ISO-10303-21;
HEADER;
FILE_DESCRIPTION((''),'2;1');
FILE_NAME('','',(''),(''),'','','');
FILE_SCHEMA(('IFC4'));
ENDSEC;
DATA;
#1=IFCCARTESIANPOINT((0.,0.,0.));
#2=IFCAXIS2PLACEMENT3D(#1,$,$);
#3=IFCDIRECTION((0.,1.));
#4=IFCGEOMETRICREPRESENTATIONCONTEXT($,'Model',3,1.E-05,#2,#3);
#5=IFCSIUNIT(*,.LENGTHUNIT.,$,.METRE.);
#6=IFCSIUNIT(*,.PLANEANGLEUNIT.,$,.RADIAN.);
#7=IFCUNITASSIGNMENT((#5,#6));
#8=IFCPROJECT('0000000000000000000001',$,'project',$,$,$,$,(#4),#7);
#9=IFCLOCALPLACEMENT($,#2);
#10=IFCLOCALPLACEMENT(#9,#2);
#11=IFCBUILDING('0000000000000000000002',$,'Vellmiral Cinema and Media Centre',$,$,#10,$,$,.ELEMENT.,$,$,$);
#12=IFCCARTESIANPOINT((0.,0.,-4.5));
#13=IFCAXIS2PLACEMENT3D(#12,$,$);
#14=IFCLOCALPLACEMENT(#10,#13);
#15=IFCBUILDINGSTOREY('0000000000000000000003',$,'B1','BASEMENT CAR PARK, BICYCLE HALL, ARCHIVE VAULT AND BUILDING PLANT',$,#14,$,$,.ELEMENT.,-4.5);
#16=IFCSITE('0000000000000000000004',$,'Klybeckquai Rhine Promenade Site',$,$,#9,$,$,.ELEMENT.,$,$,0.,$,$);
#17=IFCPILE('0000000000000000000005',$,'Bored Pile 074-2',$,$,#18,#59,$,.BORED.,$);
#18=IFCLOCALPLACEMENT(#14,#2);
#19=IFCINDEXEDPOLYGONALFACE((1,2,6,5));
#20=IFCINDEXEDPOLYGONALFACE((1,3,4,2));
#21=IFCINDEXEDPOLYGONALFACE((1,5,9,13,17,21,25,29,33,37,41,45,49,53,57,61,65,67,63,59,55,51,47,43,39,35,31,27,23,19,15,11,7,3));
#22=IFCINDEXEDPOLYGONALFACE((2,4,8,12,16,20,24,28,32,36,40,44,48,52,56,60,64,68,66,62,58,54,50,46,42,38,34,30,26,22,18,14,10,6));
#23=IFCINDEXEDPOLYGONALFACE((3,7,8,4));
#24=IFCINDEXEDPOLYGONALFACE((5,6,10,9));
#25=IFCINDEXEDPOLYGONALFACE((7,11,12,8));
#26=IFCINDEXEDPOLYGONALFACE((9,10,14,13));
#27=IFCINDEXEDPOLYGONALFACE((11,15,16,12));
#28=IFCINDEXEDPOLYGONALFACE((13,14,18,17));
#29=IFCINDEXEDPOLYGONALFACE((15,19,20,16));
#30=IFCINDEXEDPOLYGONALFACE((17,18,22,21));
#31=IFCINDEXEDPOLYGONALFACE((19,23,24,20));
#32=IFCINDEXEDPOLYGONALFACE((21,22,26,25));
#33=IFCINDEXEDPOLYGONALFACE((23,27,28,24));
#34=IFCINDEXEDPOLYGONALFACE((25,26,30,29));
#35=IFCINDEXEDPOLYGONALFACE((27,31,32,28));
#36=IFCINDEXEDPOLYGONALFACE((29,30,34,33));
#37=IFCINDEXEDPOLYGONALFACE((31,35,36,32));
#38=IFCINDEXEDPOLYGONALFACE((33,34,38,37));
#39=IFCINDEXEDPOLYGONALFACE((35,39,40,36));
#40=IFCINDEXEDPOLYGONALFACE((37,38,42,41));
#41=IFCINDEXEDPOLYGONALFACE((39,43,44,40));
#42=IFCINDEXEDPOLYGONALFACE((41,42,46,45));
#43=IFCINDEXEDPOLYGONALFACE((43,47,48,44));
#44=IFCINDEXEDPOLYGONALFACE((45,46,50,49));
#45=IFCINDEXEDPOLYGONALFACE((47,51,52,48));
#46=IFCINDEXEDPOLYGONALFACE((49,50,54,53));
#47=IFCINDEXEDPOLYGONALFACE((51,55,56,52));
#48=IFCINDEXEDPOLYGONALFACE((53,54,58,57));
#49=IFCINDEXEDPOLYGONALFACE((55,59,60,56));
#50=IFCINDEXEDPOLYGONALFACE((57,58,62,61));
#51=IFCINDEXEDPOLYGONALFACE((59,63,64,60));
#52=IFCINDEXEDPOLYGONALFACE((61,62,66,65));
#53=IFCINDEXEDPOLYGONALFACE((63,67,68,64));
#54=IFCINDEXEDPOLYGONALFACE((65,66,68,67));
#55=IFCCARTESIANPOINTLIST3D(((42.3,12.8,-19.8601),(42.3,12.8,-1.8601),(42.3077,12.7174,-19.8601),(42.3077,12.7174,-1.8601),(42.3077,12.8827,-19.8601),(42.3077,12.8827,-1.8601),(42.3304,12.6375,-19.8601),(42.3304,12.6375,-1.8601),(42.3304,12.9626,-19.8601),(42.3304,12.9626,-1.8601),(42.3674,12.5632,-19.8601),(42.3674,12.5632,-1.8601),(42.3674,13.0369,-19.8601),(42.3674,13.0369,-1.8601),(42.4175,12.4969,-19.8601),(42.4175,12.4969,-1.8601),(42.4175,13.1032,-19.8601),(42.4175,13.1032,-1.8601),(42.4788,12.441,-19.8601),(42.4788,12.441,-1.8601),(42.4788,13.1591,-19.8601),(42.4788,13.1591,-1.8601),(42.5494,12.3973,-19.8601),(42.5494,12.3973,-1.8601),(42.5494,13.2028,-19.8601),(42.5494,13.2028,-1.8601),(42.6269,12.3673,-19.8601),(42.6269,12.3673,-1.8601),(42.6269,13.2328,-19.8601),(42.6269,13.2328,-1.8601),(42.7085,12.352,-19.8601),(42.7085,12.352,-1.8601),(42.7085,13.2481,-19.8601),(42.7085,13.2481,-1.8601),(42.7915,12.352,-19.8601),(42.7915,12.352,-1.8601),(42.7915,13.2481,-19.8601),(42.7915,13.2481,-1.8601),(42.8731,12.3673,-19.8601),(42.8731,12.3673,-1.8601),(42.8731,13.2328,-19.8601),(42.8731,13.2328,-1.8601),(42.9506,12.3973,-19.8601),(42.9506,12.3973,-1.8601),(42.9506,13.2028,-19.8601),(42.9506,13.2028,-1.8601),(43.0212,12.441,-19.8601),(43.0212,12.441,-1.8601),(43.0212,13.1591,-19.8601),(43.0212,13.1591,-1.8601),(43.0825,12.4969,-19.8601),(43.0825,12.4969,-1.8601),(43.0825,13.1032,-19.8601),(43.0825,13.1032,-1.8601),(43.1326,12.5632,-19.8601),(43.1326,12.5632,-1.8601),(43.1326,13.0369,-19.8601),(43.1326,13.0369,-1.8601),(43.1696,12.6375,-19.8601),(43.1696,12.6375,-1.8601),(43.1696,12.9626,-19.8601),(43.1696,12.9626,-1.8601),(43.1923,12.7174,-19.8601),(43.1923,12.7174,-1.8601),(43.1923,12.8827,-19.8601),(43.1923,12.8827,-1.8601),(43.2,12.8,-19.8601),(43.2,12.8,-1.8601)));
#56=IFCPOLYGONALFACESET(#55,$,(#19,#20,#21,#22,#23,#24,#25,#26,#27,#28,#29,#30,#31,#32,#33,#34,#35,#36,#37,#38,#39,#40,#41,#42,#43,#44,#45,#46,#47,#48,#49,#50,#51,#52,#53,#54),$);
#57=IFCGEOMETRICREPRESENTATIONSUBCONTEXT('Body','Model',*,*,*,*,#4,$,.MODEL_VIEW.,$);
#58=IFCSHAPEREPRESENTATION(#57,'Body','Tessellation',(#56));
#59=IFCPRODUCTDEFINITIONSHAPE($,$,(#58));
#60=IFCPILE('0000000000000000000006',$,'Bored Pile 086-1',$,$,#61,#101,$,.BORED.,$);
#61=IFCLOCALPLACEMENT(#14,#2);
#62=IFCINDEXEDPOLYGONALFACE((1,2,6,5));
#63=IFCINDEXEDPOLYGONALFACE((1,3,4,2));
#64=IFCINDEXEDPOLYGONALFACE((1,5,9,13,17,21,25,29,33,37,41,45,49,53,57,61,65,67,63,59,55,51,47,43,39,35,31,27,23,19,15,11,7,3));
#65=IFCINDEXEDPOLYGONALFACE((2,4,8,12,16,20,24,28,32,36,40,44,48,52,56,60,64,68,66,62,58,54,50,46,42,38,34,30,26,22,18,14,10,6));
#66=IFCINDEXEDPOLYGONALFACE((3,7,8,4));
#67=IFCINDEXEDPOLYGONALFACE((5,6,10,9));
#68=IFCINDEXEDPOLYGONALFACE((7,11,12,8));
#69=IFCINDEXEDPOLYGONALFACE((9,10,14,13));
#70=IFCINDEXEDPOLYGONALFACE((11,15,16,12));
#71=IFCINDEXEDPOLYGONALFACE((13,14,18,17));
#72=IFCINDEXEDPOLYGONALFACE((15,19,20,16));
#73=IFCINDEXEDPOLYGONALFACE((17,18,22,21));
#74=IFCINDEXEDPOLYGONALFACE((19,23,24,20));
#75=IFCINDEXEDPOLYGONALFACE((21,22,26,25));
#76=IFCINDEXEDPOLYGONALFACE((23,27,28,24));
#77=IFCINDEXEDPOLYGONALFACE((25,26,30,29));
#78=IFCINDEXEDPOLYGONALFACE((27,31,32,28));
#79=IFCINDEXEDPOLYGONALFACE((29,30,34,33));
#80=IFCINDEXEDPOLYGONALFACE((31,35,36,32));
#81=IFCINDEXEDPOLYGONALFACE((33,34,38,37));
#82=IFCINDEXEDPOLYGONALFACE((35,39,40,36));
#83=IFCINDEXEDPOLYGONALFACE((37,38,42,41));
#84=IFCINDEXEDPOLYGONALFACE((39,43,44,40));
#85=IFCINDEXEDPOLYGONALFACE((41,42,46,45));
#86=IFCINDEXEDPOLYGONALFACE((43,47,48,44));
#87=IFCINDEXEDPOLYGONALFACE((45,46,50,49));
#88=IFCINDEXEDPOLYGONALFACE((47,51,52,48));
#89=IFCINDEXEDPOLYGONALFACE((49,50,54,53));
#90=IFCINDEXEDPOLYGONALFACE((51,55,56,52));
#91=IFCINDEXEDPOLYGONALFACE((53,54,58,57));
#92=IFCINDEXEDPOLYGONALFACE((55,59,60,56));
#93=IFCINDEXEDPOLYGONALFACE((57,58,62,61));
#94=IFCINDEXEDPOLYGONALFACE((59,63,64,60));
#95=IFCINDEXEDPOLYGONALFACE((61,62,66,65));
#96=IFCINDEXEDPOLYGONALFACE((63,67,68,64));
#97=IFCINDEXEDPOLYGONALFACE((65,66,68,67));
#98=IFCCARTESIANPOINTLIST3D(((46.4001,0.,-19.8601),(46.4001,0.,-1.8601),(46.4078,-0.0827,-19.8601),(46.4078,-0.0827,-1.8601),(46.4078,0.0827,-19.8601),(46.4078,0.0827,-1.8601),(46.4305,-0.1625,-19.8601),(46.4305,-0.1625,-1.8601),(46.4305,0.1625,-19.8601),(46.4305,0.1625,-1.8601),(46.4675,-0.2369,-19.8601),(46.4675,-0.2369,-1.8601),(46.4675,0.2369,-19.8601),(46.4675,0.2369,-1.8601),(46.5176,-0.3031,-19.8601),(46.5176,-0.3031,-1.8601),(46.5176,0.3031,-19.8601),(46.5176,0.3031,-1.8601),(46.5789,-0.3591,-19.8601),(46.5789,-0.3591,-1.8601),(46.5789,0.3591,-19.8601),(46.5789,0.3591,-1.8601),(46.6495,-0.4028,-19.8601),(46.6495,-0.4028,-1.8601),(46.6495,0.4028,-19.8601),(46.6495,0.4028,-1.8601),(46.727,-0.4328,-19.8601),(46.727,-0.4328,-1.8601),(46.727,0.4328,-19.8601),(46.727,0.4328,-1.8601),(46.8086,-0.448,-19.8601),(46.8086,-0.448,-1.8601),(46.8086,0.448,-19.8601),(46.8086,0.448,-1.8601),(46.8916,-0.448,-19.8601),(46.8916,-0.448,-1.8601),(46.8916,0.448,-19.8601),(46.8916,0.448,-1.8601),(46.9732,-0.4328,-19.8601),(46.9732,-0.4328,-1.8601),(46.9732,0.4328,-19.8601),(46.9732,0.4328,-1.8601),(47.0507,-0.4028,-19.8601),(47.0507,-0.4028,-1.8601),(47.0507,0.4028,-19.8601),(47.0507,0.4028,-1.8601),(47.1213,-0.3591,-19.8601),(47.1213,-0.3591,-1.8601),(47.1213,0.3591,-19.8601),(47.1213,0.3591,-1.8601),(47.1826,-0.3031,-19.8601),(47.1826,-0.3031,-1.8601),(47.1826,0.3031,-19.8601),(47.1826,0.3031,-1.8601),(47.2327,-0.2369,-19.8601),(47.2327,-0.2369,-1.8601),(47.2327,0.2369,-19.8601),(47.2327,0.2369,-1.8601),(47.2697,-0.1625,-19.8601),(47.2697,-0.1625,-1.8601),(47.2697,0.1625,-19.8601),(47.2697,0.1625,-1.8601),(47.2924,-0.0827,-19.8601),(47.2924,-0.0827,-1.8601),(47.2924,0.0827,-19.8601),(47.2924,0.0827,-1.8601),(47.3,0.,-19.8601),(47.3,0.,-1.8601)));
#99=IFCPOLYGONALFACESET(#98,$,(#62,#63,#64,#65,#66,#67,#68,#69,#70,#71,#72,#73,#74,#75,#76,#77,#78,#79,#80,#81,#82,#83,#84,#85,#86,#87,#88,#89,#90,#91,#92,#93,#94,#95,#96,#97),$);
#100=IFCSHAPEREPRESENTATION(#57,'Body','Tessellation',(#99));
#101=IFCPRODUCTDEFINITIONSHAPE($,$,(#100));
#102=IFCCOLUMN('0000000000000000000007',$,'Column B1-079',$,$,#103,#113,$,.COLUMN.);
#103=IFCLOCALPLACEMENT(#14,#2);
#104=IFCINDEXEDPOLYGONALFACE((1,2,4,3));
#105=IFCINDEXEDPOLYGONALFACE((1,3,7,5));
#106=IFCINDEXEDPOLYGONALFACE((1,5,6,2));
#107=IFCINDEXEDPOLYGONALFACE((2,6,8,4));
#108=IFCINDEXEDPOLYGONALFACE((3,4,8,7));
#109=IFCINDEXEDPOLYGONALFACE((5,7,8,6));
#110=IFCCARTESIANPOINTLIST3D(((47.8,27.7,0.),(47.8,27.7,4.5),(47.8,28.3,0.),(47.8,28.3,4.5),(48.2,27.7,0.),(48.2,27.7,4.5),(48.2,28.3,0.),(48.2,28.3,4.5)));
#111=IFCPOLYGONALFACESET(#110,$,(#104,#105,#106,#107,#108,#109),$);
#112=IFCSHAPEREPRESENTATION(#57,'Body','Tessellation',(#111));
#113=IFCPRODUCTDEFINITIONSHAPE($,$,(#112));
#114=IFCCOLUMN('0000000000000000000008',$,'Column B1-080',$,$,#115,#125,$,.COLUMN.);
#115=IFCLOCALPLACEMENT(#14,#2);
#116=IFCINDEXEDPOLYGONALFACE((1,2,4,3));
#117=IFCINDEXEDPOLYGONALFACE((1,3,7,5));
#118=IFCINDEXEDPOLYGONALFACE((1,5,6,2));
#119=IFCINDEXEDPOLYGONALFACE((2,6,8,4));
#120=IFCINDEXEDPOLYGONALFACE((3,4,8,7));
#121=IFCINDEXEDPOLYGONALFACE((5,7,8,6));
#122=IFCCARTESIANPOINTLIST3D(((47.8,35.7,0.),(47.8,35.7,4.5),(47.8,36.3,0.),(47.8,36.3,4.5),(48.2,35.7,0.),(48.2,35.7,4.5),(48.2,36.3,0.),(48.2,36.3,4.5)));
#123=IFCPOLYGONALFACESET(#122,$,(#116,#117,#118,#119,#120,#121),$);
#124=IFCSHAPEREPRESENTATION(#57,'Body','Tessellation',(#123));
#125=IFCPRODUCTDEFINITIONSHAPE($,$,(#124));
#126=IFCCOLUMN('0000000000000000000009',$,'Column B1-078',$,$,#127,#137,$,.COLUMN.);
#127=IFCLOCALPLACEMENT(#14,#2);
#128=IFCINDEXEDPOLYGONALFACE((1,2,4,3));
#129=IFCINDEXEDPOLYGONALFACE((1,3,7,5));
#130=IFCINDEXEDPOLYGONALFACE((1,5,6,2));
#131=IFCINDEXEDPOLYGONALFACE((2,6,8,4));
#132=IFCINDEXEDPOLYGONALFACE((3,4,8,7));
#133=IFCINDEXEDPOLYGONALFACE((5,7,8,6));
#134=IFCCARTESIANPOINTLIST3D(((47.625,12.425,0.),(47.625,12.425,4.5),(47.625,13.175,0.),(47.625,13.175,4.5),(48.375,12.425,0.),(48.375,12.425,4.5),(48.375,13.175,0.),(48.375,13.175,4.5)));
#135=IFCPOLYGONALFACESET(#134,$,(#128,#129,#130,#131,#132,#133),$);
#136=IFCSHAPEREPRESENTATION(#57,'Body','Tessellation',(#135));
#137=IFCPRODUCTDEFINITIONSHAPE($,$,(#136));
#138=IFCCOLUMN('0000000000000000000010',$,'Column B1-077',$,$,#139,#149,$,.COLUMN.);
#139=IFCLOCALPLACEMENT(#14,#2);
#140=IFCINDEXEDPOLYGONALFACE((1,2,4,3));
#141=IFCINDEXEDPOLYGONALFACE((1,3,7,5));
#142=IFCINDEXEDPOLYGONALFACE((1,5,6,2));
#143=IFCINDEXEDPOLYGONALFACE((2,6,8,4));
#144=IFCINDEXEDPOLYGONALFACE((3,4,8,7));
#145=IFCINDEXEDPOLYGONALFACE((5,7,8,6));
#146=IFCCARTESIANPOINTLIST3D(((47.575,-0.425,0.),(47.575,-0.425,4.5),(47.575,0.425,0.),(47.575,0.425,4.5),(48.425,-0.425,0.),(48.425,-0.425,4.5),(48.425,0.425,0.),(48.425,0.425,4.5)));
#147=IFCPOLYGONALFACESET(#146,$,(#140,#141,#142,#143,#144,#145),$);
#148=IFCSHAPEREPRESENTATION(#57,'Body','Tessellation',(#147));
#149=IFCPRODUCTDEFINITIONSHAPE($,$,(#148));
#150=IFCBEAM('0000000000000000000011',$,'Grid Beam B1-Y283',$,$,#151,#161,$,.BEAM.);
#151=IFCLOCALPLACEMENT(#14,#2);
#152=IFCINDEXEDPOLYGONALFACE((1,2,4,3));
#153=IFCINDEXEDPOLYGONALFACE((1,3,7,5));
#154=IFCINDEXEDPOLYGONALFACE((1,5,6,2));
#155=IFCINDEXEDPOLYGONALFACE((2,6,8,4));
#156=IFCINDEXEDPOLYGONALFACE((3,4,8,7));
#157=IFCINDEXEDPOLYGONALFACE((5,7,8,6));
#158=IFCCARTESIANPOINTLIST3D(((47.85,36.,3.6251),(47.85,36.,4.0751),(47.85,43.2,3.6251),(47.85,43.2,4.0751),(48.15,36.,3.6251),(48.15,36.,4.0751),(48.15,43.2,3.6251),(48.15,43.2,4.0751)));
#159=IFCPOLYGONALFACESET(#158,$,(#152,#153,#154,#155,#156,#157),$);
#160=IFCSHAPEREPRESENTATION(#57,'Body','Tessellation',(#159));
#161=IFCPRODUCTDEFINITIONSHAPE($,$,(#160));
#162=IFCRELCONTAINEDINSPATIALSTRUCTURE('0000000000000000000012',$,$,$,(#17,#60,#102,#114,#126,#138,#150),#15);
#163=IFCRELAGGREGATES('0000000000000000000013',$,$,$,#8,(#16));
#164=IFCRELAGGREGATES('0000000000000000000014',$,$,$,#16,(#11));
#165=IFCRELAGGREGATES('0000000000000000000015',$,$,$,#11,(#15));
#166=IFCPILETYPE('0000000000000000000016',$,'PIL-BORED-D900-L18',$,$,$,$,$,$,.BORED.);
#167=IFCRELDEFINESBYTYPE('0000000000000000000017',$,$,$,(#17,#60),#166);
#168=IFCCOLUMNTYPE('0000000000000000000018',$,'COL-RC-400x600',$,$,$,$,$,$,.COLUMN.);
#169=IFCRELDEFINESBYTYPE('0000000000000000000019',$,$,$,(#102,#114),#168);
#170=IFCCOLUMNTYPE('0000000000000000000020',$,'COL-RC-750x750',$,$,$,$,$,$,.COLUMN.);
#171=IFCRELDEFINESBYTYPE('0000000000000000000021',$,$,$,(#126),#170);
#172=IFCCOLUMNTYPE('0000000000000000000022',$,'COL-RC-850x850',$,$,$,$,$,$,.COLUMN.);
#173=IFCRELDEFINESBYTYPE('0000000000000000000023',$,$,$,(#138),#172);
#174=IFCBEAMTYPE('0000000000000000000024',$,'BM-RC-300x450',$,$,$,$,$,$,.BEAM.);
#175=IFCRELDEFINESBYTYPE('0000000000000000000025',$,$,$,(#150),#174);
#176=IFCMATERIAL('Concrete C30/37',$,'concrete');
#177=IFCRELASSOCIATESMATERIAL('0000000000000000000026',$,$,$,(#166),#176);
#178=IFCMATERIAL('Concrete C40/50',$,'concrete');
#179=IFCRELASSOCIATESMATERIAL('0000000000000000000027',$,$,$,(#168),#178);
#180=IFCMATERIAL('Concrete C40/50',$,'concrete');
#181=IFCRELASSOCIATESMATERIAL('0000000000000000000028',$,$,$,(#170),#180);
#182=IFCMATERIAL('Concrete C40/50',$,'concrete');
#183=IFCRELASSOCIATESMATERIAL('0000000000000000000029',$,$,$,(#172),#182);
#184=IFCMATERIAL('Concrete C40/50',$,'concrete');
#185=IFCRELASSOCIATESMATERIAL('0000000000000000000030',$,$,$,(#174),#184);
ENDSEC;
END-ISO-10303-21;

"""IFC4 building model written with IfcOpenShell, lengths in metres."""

from ifc_helpers import new_model, si_unit, direction, frame, origin, origin_2d, place, context, subcontext, project, spatial, rectangle, circle, extrude, material, material_profile, profile_set, type_object, element, save


model = new_model("IFC4")

# Units and contexts
model_context = context("Model", 3, precision=1e-05, world=origin(), true_north=direction((0.0, 1.0)))
body_context = subcontext(model_context, "Body", "Model", "MODEL_VIEW")
ifc_project = project(units=[si_unit("LENGTHUNIT", "METRE"), si_unit("PLANEANGLEUNIT", "RADIAN")], contexts=[model_context])

# Site, building, storey
site_placement = place(None, origin())
site = spatial("IfcSite", under=ifc_project, at=site_placement, Name="Klybeckquai Rhine Promenade Site", CompositionType="ELEMENT", RefElevation=0.0)
building_placement = place(site_placement, origin())
building = spatial("IfcBuilding", under=site, at=building_placement, Name="Vellmiral Cinema and Media Centre", CompositionType="ELEMENT")
storey_placement = place(building_placement, frame((0.0, 0.0, -4.5)))
storey = spatial("IfcBuildingStorey", under=building, at=storey_placement, Name="B1", Description="BASEMENT CAR PARK, BICYCLE HALL, ARCHIVE VAULT AND BUILDING PLANT", CompositionType="ELEMENT", Elevation=-4.5)

# Piles
ifc_material_1 = material(Name="Concrete C30/37", Category="concrete")
ifc_material_profile_1 = material_profile(ifc_material_1, circle(Radius=0.45, at=origin_2d()), Name="PILE D900")
ifc_profile_set_1 = profile_set([ifc_material_profile_1], Name="Concrete C30/37")
pile_type_1 = type_object("IfcPileType", Name="PIL-BORED-D900-L18", PredefinedType="BORED", material=ifc_profile_set_1)
for number, where, z_axis, x_axis, name in (
    (1, (42.75, 12.8, -1.8601), (0.0, 0.0, -1.0), (1.0, 0.0, 0.0), "Bored Pile 074-2"),
    (2, (46.8501, 0.0, -1.8601), (0.0, 0.0, -1.0), (1.0, 0.0, 0.0), "Bored Pile 086-1"),
):
    element("IfcPile", number, at=place(storey_placement, frame(where, z_axis=z_axis, x_axis=x_axis)), inside=storey, type_object=pile_type_1, Name=name, PredefinedType="BORED", context=body_context, shape_type="SweptSolid", body=[
        extrude(circle(Radius=0.45, at=origin_2d()), origin(), (0.0, 0.0, 1.0), 18.0),
    ])

# Columns
ifc_material_2 = material(Name="Concrete C40/50", Category="concrete")
ifc_material_profile_2 = material_profile(ifc_material_2, rectangle(XDim=0.3999, YDim=0.6001, at=origin_2d()), Name="RC 400x600")
ifc_profile_set_2 = profile_set([ifc_material_profile_2], Name="Concrete C40/50")
column_type_1 = type_object("IfcColumnType", Name="COL-RC-400x600", PredefinedType="COLUMN", material=ifc_profile_set_2)
for number, where, z_axis, x_axis, name in (
    (3, (48.0, 28.0, 0.0), (0.0, 0.0, 1.0), (1.0, 0.0, 0.0), "Column B1-079"),
    (4, (48.0, 36.0, 0.0), (0.0, 0.0, 1.0), (1.0, 0.0, 0.0), "Column B1-080"),
):
    element("IfcColumn", number, at=place(storey_placement, frame(where, z_axis=z_axis, x_axis=x_axis)), inside=storey, type_object=column_type_1, Name=name, PredefinedType="COLUMN", context=body_context, shape_type="SweptSolid", body=[
        extrude(rectangle(XDim=0.3999, YDim=0.6001, at=origin_2d()), origin(), (0.0, 0.0, 1.0), 4.5),
    ])
ifc_material_3 = material(Name="Concrete C40/50", Category="concrete")
ifc_material_profile_3 = material_profile(ifc_material_3, rectangle(XDim=0.75, YDim=0.75, at=origin_2d()), Name="RC 750x750")
ifc_profile_set_3 = profile_set([ifc_material_profile_3], Name="Concrete C40/50")
column_type_2 = type_object("IfcColumnType", Name="COL-RC-750x750", PredefinedType="COLUMN", material=ifc_profile_set_3)
column_1_placement = place(storey_placement, frame((48.0, 12.8, 0.0), z_axis=(0.0, 0.0, 1.0), x_axis=(1.0, 0.0, 0.0)))
element("IfcColumn", 5, at=column_1_placement, inside=storey, type_object=column_type_2, Name="Column B1-078", PredefinedType="COLUMN", context=body_context, shape_type="SweptSolid", body=[
    extrude(rectangle(XDim=0.75, YDim=0.75, at=origin_2d()), origin(), (0.0, 0.0, 1.0), 4.5),
])
ifc_material_4 = material(Name="Concrete C40/50", Category="concrete")
ifc_material_profile_4 = material_profile(ifc_material_4, rectangle(XDim=0.8501, YDim=0.8501, at=origin_2d()), Name="RC 850x850")
ifc_profile_set_4 = profile_set([ifc_material_profile_4], Name="Concrete C40/50")
column_type_3 = type_object("IfcColumnType", Name="COL-RC-850x850", PredefinedType="COLUMN", material=ifc_profile_set_4)
column_2_placement = place(storey_placement, frame((48.0, 0.0, 0.0), z_axis=(0.0, 0.0, 1.0), x_axis=(1.0, 0.0, 0.0)))
element("IfcColumn", 6, at=column_2_placement, inside=storey, type_object=column_type_3, Name="Column B1-077", PredefinedType="COLUMN", context=body_context, shape_type="SweptSolid", body=[
    extrude(rectangle(XDim=0.8501, YDim=0.8501, at=origin_2d()), origin(), (0.0, 0.0, 1.0), 4.5),
])

# Beam
ifc_material_5 = material(Name="Concrete C40/50", Category="concrete")
ifc_material_profile_5 = material_profile(ifc_material_5, rectangle(XDim=0.3, YDim=0.45, at=origin_2d()), Name="RC 300x450")
ifc_profile_set_5 = profile_set([ifc_material_profile_5], Name="Concrete C40/50")
beam_type_1 = type_object("IfcBeamType", Name="BM-RC-300x450", PredefinedType="BEAM", material=ifc_profile_set_5)
beam_1_placement = place(storey_placement, frame((48.0, 36.0, 3.8501), z_axis=(0.0, 1.0, 0.0), x_axis=(-1.0, 0.0, 0.0)))
element("IfcBeam", 7, at=beam_1_placement, inside=storey, type_object=beam_type_1, Name="Grid Beam B1-Y283", PredefinedType="BEAM", context=body_context, shape_type="SweptSolid", body=[
    extrude(rectangle(XDim=0.3, YDim=0.45, at=origin_2d()), origin(), (0.0, 0.0, 1.0), 7.2),
])

save(model, "model.ifc")
